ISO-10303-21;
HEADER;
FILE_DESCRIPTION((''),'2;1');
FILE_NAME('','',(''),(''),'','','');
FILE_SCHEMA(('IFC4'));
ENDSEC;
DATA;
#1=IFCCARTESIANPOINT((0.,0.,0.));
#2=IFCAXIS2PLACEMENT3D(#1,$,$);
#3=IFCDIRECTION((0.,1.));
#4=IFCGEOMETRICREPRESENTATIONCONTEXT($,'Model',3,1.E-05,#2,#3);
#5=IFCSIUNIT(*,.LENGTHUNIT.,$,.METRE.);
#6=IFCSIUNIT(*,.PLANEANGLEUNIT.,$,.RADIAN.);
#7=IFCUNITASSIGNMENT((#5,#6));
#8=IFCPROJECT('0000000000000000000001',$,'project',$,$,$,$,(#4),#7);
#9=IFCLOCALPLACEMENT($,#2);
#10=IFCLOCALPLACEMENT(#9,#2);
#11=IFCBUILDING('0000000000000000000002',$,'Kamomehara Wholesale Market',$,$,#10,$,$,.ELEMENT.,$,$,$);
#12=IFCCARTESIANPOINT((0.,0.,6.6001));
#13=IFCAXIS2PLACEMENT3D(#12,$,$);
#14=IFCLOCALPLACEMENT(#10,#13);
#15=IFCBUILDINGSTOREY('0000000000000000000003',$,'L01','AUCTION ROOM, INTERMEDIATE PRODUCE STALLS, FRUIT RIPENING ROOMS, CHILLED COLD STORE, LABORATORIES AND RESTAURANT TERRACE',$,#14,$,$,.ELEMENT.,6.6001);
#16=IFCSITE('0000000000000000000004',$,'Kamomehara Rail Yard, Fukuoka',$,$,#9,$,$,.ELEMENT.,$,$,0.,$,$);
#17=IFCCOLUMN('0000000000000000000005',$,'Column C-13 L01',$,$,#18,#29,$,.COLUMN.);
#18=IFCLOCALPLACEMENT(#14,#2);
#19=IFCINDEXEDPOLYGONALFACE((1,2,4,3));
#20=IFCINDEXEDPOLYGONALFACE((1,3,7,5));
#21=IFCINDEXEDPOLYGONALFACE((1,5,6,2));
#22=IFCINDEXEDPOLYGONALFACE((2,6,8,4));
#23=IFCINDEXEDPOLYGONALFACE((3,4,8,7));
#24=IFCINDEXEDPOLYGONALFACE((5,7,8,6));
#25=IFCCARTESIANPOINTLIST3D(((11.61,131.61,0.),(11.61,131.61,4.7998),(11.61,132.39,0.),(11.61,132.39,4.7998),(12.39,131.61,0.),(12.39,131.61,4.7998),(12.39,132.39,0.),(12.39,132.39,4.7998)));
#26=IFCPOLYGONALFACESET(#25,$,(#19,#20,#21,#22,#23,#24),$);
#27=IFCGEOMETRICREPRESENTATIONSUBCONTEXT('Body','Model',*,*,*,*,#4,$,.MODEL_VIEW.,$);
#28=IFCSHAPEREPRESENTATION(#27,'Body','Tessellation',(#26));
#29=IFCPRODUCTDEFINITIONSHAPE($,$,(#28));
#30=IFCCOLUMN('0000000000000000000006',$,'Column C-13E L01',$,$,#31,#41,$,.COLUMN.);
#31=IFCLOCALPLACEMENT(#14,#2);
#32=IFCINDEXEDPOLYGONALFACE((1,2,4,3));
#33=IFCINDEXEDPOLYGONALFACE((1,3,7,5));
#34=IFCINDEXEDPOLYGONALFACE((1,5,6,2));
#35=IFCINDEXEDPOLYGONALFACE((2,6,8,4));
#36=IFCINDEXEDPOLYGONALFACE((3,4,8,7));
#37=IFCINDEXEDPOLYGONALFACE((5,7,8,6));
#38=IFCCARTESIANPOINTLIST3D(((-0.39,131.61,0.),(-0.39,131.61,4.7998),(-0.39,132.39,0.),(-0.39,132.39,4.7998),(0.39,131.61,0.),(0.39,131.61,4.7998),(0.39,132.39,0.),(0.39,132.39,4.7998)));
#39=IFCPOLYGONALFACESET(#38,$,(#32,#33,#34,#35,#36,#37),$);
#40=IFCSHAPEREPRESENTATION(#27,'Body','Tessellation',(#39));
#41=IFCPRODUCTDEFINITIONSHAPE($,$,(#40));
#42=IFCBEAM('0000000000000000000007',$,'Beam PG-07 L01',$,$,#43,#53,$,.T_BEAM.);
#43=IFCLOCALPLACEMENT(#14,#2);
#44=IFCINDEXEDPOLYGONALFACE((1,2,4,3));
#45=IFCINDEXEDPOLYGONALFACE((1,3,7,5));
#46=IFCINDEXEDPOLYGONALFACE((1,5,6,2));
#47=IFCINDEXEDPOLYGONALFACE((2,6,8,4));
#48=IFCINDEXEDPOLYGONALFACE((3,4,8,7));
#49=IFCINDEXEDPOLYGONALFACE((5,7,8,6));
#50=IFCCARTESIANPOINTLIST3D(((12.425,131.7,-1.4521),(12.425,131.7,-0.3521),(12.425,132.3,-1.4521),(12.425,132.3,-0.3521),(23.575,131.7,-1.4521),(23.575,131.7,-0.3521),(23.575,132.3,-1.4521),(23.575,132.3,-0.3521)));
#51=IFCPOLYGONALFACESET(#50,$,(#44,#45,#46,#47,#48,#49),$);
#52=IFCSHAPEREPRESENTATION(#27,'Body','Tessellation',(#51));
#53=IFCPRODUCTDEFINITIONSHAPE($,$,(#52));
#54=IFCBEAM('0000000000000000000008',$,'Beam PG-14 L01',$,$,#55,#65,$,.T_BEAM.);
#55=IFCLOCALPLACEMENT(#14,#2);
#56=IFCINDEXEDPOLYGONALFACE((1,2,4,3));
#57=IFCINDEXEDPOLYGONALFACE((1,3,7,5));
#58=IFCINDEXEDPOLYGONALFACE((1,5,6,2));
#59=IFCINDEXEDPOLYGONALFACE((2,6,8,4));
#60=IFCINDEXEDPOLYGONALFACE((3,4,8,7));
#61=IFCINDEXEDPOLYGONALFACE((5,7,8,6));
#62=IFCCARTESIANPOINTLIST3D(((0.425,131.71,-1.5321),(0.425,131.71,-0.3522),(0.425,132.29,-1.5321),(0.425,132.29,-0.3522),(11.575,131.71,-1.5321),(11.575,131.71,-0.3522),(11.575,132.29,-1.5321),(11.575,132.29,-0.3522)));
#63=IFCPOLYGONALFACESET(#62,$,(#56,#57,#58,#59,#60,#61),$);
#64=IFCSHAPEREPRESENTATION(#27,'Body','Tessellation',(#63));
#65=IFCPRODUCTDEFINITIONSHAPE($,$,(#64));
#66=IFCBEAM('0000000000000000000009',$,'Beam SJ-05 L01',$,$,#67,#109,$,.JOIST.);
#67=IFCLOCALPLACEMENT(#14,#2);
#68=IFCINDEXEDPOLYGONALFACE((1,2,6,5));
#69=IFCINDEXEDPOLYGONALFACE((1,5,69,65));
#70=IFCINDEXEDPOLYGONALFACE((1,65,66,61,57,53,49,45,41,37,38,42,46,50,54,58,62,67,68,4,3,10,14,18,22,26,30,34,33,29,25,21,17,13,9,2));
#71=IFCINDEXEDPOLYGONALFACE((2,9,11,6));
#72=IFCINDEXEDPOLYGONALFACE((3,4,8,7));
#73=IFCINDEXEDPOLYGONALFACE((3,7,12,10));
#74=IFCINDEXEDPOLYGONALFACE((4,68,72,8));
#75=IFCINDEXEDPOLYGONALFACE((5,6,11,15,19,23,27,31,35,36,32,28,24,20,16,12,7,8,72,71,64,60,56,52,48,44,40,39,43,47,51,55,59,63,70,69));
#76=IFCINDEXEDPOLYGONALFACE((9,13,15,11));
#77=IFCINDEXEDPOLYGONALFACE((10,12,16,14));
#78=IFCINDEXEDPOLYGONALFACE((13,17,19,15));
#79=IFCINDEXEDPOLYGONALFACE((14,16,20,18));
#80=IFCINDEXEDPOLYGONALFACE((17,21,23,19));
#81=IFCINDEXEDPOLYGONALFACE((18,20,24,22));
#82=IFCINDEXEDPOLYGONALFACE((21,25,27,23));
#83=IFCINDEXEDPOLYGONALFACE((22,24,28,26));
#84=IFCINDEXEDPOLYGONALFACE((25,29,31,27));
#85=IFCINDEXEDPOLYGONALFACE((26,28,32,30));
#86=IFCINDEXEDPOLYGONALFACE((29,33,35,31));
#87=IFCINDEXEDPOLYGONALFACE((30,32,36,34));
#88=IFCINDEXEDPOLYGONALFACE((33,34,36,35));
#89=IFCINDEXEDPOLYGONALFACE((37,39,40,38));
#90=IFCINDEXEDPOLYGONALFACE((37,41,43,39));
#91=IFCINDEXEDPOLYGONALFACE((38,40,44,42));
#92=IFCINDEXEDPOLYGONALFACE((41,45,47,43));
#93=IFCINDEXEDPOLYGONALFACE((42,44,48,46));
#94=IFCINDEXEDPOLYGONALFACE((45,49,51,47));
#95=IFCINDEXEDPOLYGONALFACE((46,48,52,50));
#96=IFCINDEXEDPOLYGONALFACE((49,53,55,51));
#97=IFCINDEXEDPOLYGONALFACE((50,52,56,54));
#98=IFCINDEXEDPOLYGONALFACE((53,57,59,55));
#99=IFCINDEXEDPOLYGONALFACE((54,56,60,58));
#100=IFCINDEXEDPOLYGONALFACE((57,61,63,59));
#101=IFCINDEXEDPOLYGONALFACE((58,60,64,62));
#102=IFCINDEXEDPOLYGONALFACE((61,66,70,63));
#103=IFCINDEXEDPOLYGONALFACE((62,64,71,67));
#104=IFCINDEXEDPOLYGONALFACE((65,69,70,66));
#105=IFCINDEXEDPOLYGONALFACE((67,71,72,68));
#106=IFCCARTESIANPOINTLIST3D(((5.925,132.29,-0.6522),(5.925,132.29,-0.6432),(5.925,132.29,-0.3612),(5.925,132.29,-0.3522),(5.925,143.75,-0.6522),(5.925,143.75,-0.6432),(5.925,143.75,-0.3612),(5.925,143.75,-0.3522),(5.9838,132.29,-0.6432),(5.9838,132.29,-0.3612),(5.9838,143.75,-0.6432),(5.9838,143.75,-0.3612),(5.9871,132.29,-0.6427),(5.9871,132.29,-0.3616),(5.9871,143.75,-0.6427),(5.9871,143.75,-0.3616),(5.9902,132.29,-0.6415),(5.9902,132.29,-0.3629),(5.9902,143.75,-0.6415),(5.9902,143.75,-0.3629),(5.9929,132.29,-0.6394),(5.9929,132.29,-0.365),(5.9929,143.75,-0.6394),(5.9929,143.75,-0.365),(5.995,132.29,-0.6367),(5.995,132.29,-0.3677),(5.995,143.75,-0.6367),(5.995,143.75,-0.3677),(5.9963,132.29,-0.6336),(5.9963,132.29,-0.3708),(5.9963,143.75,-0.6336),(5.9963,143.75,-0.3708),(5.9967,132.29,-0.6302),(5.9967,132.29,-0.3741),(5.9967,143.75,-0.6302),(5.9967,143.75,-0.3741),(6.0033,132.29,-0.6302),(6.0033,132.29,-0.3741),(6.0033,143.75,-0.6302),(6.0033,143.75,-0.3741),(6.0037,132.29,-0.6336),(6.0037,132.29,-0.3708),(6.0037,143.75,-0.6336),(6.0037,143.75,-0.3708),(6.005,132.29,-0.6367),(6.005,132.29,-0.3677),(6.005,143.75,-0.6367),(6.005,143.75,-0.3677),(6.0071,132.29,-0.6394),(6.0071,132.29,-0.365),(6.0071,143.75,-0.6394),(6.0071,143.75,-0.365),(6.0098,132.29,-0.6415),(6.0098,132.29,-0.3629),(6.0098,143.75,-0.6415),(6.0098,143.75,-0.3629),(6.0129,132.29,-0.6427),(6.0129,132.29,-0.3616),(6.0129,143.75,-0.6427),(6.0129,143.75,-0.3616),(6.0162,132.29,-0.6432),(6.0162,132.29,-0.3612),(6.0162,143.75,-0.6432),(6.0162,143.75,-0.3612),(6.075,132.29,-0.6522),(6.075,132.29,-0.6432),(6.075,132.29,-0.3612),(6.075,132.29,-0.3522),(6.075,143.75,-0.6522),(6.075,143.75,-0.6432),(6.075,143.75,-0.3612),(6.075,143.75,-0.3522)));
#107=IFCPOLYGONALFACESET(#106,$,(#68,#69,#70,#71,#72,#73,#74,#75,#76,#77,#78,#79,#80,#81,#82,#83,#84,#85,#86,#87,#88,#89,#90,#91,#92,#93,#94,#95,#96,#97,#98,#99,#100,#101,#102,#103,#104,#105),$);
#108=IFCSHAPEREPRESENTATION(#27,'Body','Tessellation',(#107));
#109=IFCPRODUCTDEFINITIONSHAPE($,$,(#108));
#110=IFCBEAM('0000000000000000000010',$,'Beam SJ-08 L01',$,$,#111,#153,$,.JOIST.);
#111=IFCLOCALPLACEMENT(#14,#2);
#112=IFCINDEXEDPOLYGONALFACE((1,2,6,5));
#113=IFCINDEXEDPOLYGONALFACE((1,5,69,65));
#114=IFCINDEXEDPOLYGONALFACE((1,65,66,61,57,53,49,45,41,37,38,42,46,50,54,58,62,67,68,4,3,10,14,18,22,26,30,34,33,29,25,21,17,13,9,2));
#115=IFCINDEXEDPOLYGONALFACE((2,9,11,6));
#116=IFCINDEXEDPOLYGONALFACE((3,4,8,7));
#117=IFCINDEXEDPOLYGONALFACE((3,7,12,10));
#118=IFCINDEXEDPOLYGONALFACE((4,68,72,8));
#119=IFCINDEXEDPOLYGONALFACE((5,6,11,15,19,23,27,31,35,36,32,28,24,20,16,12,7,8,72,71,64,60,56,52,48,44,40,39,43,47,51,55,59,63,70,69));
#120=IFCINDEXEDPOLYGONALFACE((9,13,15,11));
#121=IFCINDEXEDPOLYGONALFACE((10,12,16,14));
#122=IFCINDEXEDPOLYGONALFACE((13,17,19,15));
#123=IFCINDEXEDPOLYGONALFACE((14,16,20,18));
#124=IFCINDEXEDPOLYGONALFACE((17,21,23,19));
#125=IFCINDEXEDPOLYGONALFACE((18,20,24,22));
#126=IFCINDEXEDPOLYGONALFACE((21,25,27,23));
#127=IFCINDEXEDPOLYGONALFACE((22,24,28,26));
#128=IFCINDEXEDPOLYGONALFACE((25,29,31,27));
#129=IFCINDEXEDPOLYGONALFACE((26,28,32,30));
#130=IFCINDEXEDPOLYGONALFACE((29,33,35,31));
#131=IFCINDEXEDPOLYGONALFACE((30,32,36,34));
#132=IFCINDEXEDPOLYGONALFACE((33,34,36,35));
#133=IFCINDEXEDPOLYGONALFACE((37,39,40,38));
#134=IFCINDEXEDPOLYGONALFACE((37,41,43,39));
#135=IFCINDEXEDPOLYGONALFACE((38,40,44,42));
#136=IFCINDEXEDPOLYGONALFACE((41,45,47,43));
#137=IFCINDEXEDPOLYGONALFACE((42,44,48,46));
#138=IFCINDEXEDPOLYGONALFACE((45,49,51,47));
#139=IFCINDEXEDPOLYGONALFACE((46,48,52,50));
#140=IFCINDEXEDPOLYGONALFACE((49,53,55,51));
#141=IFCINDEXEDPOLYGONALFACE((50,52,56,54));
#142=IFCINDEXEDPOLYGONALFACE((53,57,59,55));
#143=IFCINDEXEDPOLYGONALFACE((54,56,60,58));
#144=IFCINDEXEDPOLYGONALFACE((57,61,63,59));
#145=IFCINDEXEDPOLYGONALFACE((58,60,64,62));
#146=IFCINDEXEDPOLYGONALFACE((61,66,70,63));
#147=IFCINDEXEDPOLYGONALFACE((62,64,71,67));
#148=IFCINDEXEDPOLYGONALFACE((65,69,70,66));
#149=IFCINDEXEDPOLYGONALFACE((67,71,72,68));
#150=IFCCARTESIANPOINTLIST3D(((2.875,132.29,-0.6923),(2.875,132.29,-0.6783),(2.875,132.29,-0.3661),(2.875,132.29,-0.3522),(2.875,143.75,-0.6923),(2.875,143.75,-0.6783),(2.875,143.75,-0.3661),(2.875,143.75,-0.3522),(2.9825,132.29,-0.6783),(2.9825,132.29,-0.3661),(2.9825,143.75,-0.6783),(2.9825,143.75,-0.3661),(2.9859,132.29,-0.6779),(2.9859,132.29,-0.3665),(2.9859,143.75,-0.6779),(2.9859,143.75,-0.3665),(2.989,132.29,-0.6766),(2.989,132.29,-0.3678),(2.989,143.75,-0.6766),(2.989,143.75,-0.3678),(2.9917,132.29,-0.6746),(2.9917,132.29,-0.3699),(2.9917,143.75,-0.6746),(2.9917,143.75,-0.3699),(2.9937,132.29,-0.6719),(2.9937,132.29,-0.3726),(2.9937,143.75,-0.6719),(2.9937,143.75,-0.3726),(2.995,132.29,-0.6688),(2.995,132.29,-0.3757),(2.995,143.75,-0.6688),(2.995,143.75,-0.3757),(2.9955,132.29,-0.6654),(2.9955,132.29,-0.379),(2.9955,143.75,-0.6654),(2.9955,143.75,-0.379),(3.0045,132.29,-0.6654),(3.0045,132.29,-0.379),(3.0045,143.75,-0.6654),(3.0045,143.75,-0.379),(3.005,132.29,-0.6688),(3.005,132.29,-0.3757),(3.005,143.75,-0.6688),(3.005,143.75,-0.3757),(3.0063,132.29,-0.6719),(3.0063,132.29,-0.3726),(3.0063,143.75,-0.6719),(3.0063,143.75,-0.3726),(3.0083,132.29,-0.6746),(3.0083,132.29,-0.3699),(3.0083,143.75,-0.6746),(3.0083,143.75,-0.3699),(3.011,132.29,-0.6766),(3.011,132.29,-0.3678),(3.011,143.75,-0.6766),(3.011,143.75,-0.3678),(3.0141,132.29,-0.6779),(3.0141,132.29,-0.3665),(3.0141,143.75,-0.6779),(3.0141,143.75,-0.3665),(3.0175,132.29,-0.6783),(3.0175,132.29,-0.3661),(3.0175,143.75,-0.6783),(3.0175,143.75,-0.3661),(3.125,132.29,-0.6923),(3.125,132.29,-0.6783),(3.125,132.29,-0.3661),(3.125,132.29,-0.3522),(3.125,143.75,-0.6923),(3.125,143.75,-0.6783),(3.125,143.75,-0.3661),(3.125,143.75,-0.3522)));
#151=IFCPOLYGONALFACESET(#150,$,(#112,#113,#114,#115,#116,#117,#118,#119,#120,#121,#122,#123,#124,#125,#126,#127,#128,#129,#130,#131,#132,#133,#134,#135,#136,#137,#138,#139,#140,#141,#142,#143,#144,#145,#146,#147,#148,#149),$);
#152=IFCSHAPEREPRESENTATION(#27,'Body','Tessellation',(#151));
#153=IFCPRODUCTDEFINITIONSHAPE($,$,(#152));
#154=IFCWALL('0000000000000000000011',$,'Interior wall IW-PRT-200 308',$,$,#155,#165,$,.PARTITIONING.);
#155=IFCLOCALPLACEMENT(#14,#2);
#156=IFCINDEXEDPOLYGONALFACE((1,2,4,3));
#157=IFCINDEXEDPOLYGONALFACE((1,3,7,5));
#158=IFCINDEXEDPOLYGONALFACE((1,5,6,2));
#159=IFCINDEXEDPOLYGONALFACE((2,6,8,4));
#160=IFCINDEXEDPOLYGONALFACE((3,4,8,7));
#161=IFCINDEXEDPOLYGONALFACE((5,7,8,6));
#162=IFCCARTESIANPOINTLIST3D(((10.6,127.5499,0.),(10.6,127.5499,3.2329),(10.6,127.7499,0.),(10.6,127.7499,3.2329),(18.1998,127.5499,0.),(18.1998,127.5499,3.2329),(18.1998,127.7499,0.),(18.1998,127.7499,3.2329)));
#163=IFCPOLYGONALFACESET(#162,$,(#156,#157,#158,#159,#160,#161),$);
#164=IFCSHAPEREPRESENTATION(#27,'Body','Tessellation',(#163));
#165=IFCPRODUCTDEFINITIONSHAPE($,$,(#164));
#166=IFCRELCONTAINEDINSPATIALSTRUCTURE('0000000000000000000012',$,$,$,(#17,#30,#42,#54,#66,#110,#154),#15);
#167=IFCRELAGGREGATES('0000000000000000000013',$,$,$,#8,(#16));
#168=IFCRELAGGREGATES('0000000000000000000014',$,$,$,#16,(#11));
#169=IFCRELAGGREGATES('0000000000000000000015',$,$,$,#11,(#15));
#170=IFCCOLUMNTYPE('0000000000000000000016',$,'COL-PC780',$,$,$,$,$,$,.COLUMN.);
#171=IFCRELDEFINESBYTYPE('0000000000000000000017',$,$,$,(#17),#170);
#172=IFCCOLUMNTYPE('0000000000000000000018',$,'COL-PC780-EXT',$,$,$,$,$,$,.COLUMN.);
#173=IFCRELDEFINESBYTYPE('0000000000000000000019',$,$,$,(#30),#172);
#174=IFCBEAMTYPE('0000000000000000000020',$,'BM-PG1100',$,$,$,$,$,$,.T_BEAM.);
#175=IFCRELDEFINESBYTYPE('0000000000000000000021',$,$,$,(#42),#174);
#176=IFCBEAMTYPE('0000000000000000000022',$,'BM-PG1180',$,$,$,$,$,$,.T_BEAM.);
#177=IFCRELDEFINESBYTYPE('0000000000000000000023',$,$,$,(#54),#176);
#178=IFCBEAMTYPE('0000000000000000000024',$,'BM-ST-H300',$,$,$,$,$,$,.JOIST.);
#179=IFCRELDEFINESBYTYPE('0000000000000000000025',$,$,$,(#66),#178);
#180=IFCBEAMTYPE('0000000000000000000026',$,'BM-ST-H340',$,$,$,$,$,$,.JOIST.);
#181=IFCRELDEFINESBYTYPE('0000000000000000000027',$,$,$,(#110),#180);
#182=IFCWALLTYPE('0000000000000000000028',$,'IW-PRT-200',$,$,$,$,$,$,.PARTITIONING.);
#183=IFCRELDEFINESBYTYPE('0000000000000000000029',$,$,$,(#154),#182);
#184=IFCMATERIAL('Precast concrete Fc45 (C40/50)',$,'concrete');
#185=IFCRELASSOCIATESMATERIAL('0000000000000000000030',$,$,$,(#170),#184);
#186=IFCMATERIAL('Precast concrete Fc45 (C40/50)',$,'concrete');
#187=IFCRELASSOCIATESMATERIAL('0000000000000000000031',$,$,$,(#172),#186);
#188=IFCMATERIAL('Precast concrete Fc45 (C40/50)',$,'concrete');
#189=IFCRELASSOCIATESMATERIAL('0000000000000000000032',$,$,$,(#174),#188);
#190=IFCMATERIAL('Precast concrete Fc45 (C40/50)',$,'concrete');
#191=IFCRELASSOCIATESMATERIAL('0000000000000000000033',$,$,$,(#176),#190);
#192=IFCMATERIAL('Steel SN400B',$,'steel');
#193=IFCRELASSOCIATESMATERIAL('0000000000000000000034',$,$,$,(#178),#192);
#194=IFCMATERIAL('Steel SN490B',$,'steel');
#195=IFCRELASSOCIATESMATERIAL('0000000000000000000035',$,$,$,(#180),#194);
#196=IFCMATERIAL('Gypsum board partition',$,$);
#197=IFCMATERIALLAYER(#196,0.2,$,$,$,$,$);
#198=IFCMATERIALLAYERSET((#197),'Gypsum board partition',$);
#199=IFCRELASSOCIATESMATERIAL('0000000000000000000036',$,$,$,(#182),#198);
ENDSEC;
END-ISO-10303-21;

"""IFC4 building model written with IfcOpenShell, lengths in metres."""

from ifc_helpers import new_model, si_unit, direction, frame, frame_2d, origin, origin_2d, place, context, subcontext, project, spatial, rectangle, i_section, extrude, material, layer, layer_set, material_profile, profile_set, type_object, element, save


model = new_model("IFC4")

# Units and contexts
model_context = context("Model", 3, precision=1e-05, world=origin(), true_north=direction((0.0, 1.0)))
body_context = subcontext(model_context, "Body", "Model", "MODEL_VIEW")
ifc_project = project(units=[si_unit("LENGTHUNIT", "METRE"), si_unit("PLANEANGLEUNIT", "RADIAN")], contexts=[model_context])

# Site, building, storey
site_placement = place(None, origin())
site = spatial("IfcSite", under=ifc_project, at=site_placement, Name="Kamomehara Rail Yard, Fukuoka", CompositionType="ELEMENT", RefElevation=0.0)
building_placement = place(site_placement, origin())
building = spatial("IfcBuilding", under=site, at=building_placement, Name="Kamomehara Wholesale Market", CompositionType="ELEMENT")
storey_placement = place(building_placement, frame((0.0, 0.0, 6.6001)))
storey = spatial("IfcBuildingStorey", under=building, at=storey_placement, Name="L01", Description="AUCTION ROOM, INTERMEDIATE PRODUCE STALLS, FRUIT RIPENING ROOMS, CHILLED COLD STORE, LABORATORIES AND RESTAURANT TERRACE", CompositionType="ELEMENT", Elevation=6.6001)

# Columns
ifc_material_1 = material(Name="Precast concrete Fc45 (C40/50)", Category="concrete")
ifc_material_profile_1 = material_profile(ifc_material_1, rectangle(XDim=0.78, YDim=0.78, at=origin_2d()), Name="PC-COL-780x780")
ifc_profile_set_1 = profile_set([ifc_material_profile_1], Name="Precast concrete Fc45 (C40/50)")
column_type_1 = type_object("IfcColumnType", Name="COL-PC780", PredefinedType="COLUMN", material=ifc_profile_set_1)
column_1_placement = place(storey_placement, frame((12.0, 132.0, 0.0), z_axis=(0.0, 0.0, 1.0), x_axis=(1.0, 0.0, 0.0)))
element("IfcColumn", 1, at=column_1_placement, inside=storey, type_object=column_type_1, Name="Column C-13 L01", PredefinedType="COLUMN", context=body_context, shape_type="SweptSolid", body=[
    extrude(rectangle(XDim=0.78, YDim=0.78, at=origin_2d()), origin(), (0.0, 0.0, 1.0), 4.7998),
])
ifc_material_2 = material(Name="Precast concrete Fc45 (C40/50)", Category="concrete")
ifc_material_profile_2 = material_profile(ifc_material_2, rectangle(XDim=0.78, YDim=0.78, at=origin_2d()), Name="PC-COL-780x780")
ifc_profile_set_2 = profile_set([ifc_material_profile_2], Name="Precast concrete Fc45 (C40/50)")
column_type_2 = type_object("IfcColumnType", Name="COL-PC780-EXT", PredefinedType="COLUMN", material=ifc_profile_set_2)
column_2_placement = place(storey_placement, frame((0.0, 132.0, 0.0), z_axis=(0.0, 0.0, 1.0), x_axis=(1.0, 0.0, 0.0)))
element("IfcColumn", 2, at=column_2_placement, inside=storey, type_object=column_type_2, Name="Column C-13E L01", PredefinedType="COLUMN", context=body_context, shape_type="SweptSolid", body=[
    extrude(rectangle(XDim=0.78, YDim=0.78, at=origin_2d()), origin(), (0.0, 0.0, 1.0), 4.7998),
])

# Beams
ifc_material_3 = material(Name="Precast concrete Fc45 (C40/50)", Category="concrete")
ifc_material_profile_3 = material_profile(ifc_material_3, rectangle(XDim=0.6001, YDim=1.1001, at=origin_2d()), Name="PC-GRD-600x1100")
ifc_profile_set_3 = profile_set([ifc_material_profile_3], Name="Precast concrete Fc45 (C40/50)")
beam_type_1 = type_object("IfcBeamType", Name="BM-PG1100", PredefinedType="T_BEAM", material=ifc_profile_set_3)
beam_1_placement = place(storey_placement, frame((12.425, 132.0, -0.9021), z_axis=(1.0, 0.0, 0.0), x_axis=(0.0, 1.0, 0.0)))
element("IfcBeam", 3, at=beam_1_placement, inside=storey, type_object=beam_type_1, Name="Beam PG-07 L01", PredefinedType="T_BEAM", context=body_context, shape_type="SweptSolid", body=[
    extrude(rectangle(XDim=0.6001, YDim=1.1001, at=origin_2d()), origin(), (0.0, 0.0, 1.0), 11.1499),
])
ifc_material_4 = material(Name="Precast concrete Fc45 (C40/50)", Category="concrete")
ifc_material_profile_4 = material_profile(ifc_material_4, rectangle(XDim=0.5801, YDim=1.1799, at=origin_2d()), Name="PC-GRD-580x1180")
ifc_profile_set_4 = profile_set([ifc_material_profile_4], Name="Precast concrete Fc45 (C40/50)")
beam_type_2 = type_object("IfcBeamType", Name="BM-PG1180", PredefinedType="T_BEAM", material=ifc_profile_set_4)
beam_2_placement = place(storey_placement, frame((0.425, 132.0, -0.9421), z_axis=(1.0, 0.0, 0.0), x_axis=(0.0, 1.0, 0.0)))
element("IfcBeam", 4, at=beam_2_placement, inside=storey, type_object=beam_type_2, Name="Beam PG-14 L01", PredefinedType="T_BEAM", context=body_context, shape_type="SweptSolid", body=[
    extrude(rectangle(XDim=0.5801, YDim=1.1799, at=origin_2d()), origin(), (0.0, 0.0, 1.0), 11.1499),
])
ifc_material_5 = material(Name="Steel SN400B", Category="steel")
ifc_material_profile_5 = material_profile(ifc_material_5, i_section(OverallWidth=0.1499, OverallDepth=0.3, WebThickness=0.0066, FlangeThickness=0.009, FilletRadius=0.0129, at=origin_2d()), Name="H-300x150x6.5x9")
ifc_profile_set_5 = profile_set([ifc_material_profile_5], Name="Steel SN400B")
beam_type_3 = type_object("IfcBeamType", Name="BM-ST-H300", PredefinedType="JOIST", material=ifc_profile_set_5)
beam_3_placement = place(storey_placement, frame((6.0, 132.29, -0.5022), z_axis=(0.0, 1.0, 0.0), x_axis=(-1.0, 0.0, 0.0)))
element("IfcBeam", 5, at=beam_3_placement, inside=storey, type_object=beam_type_3, Name="Beam SJ-05 L01", PredefinedType="JOIST", context=body_context, shape_type="SweptSolid", body=[
    extrude(i_section(OverallWidth=0.1499, OverallDepth=0.3, WebThickness=0.0066, FlangeThickness=0.009, FilletRadius=0.0129, at=origin_2d()), origin(), (0.0, 0.0, 1.0), 11.46),
])
ifc_material_6 = material(Name="Steel SN490B", Category="steel")
ifc_material_profile_6 = material_profile(ifc_material_6, i_section(OverallWidth=0.25, OverallDepth=0.3401, WebThickness=0.009, FlangeThickness=0.0139, FilletRadius=0.0129, at=origin_2d()), Name="H-340x250x9x14")
ifc_profile_set_6 = profile_set([ifc_material_profile_6], Name="Steel SN490B")
beam_type_4 = type_object("IfcBeamType", Name="BM-ST-H340", PredefinedType="JOIST", material=ifc_profile_set_6)
beam_4_placement = place(storey_placement, frame((3.0, 132.29, -0.5222), z_axis=(0.0, 1.0, 0.0), x_axis=(-1.0, 0.0, 0.0)))
element("IfcBeam", 6, at=beam_4_placement, inside=storey, type_object=beam_type_4, Name="Beam SJ-08 L01", PredefinedType="JOIST", context=body_context, shape_type="SweptSolid", body=[
    extrude(i_section(OverallWidth=0.25, OverallDepth=0.3401, WebThickness=0.009, FlangeThickness=0.0139, FilletRadius=0.0129, at=origin_2d()), origin(), (0.0, 0.0, 1.0), 11.46),
])

# Wall
ifc_material_7 = material(Name="Gypsum board partition")
ifc_layer_1 = layer(ifc_material_7, 0.2)
ifc_layer_set_1 = layer_set([ifc_layer_1], Name="Gypsum board partition")
wall_type_1 = type_object("IfcWallType", Name="IW-PRT-200", PredefinedType="PARTITIONING", material=ifc_layer_set_1)
wall_1_placement = place(storey_placement, frame((10.6001, 127.6499, 0.0), z_axis=(0.0, 0.0, 1.0), x_axis=(1.0, 0.0, 0.0)))
element("IfcWall", 7, at=wall_1_placement, inside=storey, type_object=wall_type_1, Name="Interior wall IW-PRT-200 308", PredefinedType="PARTITIONING", context=body_context, shape_type="SweptSolid", body=[
    extrude(rectangle(XDim=7.5999, YDim=0.2, at=frame_2d((3.7998, 0.0))), origin(), (0.0, 0.0, 1.0), 3.2329),
])

save(model, "model.ifc")
